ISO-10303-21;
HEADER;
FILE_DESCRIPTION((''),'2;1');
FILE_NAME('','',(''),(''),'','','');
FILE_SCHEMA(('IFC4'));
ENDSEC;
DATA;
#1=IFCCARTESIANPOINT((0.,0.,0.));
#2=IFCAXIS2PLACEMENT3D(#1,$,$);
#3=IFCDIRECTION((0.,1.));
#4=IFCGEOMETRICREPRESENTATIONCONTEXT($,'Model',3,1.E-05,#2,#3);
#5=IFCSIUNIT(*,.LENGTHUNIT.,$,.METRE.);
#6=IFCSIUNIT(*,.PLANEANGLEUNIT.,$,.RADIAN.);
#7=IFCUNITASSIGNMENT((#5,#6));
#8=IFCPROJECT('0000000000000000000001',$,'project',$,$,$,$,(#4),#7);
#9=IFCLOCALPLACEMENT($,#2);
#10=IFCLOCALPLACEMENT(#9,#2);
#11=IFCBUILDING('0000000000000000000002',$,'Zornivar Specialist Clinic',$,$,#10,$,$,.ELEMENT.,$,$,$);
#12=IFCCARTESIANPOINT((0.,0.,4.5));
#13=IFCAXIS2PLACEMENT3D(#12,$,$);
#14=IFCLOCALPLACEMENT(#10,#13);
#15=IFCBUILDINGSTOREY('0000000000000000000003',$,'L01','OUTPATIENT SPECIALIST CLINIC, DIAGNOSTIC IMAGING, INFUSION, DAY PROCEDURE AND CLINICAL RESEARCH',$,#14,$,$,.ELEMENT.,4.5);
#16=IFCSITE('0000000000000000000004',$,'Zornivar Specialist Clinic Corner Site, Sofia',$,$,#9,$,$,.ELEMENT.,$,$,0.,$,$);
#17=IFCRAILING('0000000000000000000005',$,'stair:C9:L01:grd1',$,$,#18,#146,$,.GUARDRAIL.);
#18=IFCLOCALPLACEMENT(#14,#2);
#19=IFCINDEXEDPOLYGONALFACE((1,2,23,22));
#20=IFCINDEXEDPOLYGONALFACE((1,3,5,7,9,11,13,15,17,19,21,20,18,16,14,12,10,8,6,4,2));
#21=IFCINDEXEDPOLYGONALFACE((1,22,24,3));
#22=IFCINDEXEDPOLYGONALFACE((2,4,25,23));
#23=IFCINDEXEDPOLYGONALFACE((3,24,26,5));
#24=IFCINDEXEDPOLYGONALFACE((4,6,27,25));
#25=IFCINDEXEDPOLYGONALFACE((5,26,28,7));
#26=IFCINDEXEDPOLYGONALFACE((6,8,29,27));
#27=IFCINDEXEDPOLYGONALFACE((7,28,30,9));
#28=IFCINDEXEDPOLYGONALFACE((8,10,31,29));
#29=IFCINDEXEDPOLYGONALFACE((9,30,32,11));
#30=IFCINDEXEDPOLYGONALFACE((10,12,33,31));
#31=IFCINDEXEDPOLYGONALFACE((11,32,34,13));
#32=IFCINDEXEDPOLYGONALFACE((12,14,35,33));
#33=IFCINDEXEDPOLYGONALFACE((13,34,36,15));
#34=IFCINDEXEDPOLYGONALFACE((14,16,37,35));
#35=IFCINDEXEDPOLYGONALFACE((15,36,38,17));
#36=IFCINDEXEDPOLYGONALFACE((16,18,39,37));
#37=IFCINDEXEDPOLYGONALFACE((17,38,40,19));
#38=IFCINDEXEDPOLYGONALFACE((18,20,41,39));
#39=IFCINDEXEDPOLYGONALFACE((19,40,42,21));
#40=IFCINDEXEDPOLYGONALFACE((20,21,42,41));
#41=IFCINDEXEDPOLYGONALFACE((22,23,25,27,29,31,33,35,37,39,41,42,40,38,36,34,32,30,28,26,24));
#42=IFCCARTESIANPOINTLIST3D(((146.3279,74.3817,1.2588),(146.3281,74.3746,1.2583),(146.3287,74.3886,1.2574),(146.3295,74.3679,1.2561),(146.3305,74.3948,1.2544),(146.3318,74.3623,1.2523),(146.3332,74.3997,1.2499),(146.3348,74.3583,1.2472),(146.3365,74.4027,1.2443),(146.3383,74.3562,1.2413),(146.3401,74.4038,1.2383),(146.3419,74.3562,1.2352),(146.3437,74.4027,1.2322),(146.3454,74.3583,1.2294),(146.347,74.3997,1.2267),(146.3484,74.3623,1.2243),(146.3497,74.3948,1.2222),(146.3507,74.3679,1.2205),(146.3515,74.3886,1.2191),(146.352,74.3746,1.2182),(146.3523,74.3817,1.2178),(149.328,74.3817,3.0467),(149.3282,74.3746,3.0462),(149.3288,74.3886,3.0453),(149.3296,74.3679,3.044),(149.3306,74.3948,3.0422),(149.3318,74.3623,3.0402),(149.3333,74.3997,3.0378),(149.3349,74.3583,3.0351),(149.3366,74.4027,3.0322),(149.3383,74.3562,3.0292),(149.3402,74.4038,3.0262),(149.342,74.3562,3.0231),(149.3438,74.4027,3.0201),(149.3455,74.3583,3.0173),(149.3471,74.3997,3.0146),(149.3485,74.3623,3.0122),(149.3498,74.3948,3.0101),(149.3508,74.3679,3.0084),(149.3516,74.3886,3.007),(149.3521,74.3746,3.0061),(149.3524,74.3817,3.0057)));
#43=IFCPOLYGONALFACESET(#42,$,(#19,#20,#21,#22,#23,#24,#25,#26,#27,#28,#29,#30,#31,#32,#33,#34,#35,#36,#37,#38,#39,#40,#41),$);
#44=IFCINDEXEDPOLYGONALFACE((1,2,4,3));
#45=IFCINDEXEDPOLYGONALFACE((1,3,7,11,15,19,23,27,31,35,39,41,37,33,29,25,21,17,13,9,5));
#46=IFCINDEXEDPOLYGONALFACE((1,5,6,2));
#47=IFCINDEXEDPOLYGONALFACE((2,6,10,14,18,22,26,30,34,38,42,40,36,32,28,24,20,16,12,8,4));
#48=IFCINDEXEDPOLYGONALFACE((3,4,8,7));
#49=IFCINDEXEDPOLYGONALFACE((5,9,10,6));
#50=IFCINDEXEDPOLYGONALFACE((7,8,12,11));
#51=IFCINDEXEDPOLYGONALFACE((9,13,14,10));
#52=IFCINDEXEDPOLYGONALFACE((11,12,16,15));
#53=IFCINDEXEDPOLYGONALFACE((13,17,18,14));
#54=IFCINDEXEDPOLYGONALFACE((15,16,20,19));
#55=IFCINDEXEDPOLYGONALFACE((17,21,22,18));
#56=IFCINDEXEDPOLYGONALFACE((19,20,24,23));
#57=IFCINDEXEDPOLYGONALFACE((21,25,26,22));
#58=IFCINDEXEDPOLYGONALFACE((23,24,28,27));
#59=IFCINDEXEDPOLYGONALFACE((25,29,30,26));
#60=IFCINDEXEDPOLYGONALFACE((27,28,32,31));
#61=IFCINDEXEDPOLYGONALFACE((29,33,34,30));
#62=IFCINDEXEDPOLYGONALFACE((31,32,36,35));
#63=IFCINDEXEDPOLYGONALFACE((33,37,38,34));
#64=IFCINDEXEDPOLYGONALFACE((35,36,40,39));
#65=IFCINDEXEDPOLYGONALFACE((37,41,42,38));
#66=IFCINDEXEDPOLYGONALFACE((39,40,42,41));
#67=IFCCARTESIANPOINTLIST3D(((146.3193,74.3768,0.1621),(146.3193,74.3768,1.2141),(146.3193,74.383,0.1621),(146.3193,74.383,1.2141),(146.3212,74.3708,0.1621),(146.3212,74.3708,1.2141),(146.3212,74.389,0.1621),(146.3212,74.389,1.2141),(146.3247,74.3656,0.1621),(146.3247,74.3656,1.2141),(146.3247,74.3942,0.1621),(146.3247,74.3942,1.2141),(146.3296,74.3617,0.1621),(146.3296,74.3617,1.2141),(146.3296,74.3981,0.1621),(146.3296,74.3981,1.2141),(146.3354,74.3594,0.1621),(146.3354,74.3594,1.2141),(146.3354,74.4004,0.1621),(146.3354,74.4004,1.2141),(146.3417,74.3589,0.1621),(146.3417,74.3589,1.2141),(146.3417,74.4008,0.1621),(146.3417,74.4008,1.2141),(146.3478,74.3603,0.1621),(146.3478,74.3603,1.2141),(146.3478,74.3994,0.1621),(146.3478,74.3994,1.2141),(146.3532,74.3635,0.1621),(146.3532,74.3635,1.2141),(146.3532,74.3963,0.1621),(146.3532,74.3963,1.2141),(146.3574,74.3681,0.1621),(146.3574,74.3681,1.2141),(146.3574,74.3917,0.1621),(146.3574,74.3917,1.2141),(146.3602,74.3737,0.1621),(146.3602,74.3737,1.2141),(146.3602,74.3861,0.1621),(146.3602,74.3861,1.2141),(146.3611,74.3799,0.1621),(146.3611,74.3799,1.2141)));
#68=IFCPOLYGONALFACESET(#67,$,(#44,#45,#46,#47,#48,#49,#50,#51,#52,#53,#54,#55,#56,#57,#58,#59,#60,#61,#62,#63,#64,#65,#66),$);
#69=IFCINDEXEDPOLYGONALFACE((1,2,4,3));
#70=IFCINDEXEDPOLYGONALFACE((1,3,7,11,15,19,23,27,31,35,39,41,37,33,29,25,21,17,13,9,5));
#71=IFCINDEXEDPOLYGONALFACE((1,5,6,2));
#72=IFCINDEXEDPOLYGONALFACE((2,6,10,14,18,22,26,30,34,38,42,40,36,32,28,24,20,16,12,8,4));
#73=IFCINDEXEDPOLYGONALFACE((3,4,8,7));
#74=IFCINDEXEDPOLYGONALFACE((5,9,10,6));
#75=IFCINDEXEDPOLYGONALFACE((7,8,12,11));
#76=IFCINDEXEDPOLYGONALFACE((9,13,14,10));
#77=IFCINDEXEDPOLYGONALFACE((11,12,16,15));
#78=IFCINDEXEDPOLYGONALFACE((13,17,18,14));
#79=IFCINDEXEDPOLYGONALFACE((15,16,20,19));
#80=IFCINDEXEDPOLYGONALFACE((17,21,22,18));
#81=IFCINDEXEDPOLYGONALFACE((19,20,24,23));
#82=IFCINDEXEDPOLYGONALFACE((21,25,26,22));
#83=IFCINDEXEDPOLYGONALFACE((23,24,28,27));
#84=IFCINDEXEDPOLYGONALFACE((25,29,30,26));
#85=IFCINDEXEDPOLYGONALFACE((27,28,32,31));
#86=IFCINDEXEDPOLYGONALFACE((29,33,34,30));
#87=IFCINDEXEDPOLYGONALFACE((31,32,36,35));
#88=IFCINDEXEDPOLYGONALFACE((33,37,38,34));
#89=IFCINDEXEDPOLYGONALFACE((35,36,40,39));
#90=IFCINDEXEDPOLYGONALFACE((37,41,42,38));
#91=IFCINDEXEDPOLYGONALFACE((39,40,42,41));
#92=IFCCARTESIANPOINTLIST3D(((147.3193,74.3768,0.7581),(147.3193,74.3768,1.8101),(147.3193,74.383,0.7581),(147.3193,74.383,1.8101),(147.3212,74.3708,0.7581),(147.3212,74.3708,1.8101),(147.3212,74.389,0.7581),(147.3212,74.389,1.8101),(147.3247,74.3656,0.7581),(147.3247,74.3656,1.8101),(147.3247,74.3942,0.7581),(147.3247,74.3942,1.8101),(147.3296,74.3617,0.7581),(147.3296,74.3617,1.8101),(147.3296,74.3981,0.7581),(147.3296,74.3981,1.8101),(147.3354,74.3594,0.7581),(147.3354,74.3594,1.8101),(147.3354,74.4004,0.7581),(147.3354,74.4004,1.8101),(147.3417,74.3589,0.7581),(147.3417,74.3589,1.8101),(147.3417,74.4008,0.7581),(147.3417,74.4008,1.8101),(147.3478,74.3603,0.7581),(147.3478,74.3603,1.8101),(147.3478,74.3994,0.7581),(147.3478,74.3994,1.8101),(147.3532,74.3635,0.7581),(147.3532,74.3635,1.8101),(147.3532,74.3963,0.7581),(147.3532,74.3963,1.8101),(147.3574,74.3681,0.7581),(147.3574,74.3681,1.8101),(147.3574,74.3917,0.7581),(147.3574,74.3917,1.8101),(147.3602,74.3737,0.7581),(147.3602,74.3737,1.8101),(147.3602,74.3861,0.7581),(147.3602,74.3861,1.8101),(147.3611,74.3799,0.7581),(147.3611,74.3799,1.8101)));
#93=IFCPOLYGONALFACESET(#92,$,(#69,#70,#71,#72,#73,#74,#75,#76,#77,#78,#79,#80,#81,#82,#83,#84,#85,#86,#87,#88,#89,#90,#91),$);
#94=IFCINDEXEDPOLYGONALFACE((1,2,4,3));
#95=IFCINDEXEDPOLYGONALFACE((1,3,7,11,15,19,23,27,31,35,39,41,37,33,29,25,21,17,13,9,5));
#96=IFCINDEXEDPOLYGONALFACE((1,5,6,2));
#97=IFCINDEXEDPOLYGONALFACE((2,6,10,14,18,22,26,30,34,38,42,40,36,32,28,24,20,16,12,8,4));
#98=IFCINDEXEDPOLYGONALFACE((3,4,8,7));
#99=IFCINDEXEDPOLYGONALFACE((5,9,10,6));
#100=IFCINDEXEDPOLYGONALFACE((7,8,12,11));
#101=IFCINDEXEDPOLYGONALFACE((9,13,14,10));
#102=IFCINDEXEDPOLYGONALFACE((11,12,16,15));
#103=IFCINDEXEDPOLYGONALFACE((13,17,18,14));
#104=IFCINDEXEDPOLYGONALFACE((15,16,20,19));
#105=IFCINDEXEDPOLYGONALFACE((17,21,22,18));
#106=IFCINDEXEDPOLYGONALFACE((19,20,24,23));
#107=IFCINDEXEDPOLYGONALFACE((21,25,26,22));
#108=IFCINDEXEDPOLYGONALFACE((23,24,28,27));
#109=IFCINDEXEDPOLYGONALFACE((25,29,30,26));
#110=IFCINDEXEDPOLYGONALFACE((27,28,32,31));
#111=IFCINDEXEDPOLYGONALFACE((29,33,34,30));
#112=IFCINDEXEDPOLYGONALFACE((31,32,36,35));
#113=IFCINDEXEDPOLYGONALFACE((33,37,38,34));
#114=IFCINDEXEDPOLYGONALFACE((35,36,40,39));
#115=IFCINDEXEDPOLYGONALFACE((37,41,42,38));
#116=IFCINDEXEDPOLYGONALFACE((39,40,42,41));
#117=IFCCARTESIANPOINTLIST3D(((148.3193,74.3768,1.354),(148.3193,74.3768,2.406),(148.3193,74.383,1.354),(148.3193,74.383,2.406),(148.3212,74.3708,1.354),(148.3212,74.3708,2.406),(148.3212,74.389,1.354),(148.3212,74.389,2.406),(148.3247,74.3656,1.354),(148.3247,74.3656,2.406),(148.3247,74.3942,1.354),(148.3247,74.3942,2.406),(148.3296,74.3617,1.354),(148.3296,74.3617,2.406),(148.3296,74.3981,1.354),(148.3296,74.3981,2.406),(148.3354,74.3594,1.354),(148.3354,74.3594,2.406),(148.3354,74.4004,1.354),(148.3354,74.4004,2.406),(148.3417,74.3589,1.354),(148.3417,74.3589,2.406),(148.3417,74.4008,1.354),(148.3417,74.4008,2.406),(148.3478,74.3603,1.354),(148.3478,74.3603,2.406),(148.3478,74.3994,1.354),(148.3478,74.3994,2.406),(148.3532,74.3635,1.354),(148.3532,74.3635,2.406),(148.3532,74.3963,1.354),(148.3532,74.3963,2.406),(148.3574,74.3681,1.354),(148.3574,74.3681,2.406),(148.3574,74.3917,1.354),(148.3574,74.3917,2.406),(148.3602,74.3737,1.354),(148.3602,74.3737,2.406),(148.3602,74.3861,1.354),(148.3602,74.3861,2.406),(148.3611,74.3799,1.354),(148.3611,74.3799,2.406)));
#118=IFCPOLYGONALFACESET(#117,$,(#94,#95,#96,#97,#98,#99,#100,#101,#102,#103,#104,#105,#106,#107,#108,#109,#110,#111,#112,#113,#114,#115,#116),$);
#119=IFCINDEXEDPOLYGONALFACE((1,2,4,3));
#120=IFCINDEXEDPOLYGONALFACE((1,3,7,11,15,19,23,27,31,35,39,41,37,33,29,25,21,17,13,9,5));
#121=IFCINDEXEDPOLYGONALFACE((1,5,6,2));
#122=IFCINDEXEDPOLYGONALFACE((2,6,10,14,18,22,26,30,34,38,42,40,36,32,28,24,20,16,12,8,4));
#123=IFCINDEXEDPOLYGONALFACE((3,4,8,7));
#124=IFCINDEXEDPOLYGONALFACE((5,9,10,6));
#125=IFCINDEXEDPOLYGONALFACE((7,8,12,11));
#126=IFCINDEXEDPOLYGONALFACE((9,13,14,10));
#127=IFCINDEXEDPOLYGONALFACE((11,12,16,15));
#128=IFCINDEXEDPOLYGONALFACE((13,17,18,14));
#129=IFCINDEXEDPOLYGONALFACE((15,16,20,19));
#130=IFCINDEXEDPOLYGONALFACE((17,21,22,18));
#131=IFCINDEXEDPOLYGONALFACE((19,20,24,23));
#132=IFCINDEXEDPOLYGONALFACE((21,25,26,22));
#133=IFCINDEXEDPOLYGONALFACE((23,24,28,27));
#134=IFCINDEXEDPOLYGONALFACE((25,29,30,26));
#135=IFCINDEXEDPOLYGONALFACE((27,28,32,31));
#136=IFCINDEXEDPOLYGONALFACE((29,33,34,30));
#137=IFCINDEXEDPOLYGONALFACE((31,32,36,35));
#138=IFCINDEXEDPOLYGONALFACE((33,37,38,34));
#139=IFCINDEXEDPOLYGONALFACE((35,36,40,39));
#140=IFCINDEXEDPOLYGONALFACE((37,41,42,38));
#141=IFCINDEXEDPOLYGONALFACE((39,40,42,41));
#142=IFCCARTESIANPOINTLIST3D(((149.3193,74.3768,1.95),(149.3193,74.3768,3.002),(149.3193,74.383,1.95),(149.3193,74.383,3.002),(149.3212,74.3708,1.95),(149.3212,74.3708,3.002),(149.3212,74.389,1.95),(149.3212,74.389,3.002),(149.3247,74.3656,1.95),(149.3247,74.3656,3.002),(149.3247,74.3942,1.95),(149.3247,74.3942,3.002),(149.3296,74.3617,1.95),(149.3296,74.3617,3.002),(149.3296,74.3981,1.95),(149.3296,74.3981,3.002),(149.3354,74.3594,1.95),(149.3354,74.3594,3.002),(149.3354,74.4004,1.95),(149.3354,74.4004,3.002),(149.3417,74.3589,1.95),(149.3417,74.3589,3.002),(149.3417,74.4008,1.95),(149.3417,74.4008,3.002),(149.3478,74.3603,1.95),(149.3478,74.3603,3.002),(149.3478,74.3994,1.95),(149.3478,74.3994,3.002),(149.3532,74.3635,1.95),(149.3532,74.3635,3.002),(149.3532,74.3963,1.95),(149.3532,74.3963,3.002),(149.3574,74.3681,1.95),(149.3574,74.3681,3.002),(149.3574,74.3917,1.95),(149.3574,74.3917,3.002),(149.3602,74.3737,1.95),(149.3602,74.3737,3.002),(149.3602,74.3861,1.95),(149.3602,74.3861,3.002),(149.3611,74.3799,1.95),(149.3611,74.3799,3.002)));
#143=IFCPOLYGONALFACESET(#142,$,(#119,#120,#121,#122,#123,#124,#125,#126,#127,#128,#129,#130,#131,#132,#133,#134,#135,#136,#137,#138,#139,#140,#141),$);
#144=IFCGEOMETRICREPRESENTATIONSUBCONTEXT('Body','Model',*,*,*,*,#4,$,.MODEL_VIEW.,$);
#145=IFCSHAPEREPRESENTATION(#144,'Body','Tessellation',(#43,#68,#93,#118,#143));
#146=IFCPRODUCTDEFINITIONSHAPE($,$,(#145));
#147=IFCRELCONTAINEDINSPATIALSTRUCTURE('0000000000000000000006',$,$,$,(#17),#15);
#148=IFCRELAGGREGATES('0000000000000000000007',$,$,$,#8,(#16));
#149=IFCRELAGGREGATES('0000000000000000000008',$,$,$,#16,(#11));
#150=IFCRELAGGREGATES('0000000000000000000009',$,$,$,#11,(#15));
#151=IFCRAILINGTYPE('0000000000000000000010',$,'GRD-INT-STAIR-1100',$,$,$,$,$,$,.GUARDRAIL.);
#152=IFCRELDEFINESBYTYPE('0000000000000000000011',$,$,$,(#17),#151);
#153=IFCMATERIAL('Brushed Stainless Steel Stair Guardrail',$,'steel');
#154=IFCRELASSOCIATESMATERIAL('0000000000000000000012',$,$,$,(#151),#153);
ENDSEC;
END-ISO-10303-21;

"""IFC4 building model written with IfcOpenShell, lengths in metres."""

from ifc_helpers import new_model, si_unit, direction, frame, origin, origin_2d, place, context, subcontext, project, spatial, circle, extrude, material, type_object, element, save


model = new_model("IFC4")

# Units and contexts
model_context = context("Model", 3, precision=1e-05, world=origin(), true_north=direction((0.0, 1.0)))
body_context = subcontext(model_context, "Body", "Model", "MODEL_VIEW")
ifc_project = project(units=[si_unit("LENGTHUNIT", "METRE"), si_unit("PLANEANGLEUNIT", "RADIAN")], contexts=[model_context])

# Site, building, storey
site_placement = place(None, origin())
site = spatial("IfcSite", under=ifc_project, at=site_placement, Name="Zornivar Specialist Clinic Corner Site, Sofia", CompositionType="ELEMENT", RefElevation=0.0)
building_placement = place(site_placement, origin())
building = spatial("IfcBuilding", under=site, at=building_placement, Name="Zornivar Specialist Clinic", CompositionType="ELEMENT")
storey_placement = place(building_placement, frame((0.0, 0.0, 4.5)))
storey = spatial("IfcBuildingStorey", under=building, at=storey_placement, Name="L01", Description="OUTPATIENT SPECIALIST CLINIC, DIAGNOSTIC IMAGING, INFUSION, DAY PROCEDURE AND CLINICAL RESEARCH", CompositionType="ELEMENT", Elevation=4.5)

# Railing
ifc_material_1 = material(Name="Brushed Stainless Steel Stair Guardrail", Category="steel")
railing_type_1 = type_object("IfcRailingType", Name="GRD-INT-STAIR-1100", PredefinedType="GUARDRAIL", material=ifc_material_1)
railing_1_placement = place(storey_placement, frame((146.3401, 74.3799, 0.1621)))
element("IfcRailing", 1, at=railing_1_placement, inside=storey, type_object=railing_type_1, Name="stair:C9:L01:grd1", PredefinedType="GUARDRAIL", context=body_context, shape_type="SweptSolid", body=[
    extrude(circle(Radius=0.0239, at=origin_2d()), frame((0.0, 0.0, 1.0762), z_axis=(0.859025, 0.0, 0.511934), x_axis=(0.0, 1.0, 0.0)), (0.0, 0.0, 1.0), 3.4924),
    extrude(circle(Radius=0.021, at=origin_2d()), origin(), (0.0, 0.0, 1.0), 1.052),
    extrude(circle(Radius=0.021, at=origin_2d()), frame((1.0, 0.0, 0.5959)), (0.0, 0.0, 1.0), 1.052),
    extrude(circle(Radius=0.021, at=origin_2d()), frame((2.0, 0.0, 1.1919)), (0.0, 0.0, 1.0), 1.052),
    extrude(circle(Radius=0.021, at=origin_2d()), frame((3.0, 0.0, 1.7878)), (0.0, 0.0, 1.0), 1.052),
])

save(model, "model.ifc")
